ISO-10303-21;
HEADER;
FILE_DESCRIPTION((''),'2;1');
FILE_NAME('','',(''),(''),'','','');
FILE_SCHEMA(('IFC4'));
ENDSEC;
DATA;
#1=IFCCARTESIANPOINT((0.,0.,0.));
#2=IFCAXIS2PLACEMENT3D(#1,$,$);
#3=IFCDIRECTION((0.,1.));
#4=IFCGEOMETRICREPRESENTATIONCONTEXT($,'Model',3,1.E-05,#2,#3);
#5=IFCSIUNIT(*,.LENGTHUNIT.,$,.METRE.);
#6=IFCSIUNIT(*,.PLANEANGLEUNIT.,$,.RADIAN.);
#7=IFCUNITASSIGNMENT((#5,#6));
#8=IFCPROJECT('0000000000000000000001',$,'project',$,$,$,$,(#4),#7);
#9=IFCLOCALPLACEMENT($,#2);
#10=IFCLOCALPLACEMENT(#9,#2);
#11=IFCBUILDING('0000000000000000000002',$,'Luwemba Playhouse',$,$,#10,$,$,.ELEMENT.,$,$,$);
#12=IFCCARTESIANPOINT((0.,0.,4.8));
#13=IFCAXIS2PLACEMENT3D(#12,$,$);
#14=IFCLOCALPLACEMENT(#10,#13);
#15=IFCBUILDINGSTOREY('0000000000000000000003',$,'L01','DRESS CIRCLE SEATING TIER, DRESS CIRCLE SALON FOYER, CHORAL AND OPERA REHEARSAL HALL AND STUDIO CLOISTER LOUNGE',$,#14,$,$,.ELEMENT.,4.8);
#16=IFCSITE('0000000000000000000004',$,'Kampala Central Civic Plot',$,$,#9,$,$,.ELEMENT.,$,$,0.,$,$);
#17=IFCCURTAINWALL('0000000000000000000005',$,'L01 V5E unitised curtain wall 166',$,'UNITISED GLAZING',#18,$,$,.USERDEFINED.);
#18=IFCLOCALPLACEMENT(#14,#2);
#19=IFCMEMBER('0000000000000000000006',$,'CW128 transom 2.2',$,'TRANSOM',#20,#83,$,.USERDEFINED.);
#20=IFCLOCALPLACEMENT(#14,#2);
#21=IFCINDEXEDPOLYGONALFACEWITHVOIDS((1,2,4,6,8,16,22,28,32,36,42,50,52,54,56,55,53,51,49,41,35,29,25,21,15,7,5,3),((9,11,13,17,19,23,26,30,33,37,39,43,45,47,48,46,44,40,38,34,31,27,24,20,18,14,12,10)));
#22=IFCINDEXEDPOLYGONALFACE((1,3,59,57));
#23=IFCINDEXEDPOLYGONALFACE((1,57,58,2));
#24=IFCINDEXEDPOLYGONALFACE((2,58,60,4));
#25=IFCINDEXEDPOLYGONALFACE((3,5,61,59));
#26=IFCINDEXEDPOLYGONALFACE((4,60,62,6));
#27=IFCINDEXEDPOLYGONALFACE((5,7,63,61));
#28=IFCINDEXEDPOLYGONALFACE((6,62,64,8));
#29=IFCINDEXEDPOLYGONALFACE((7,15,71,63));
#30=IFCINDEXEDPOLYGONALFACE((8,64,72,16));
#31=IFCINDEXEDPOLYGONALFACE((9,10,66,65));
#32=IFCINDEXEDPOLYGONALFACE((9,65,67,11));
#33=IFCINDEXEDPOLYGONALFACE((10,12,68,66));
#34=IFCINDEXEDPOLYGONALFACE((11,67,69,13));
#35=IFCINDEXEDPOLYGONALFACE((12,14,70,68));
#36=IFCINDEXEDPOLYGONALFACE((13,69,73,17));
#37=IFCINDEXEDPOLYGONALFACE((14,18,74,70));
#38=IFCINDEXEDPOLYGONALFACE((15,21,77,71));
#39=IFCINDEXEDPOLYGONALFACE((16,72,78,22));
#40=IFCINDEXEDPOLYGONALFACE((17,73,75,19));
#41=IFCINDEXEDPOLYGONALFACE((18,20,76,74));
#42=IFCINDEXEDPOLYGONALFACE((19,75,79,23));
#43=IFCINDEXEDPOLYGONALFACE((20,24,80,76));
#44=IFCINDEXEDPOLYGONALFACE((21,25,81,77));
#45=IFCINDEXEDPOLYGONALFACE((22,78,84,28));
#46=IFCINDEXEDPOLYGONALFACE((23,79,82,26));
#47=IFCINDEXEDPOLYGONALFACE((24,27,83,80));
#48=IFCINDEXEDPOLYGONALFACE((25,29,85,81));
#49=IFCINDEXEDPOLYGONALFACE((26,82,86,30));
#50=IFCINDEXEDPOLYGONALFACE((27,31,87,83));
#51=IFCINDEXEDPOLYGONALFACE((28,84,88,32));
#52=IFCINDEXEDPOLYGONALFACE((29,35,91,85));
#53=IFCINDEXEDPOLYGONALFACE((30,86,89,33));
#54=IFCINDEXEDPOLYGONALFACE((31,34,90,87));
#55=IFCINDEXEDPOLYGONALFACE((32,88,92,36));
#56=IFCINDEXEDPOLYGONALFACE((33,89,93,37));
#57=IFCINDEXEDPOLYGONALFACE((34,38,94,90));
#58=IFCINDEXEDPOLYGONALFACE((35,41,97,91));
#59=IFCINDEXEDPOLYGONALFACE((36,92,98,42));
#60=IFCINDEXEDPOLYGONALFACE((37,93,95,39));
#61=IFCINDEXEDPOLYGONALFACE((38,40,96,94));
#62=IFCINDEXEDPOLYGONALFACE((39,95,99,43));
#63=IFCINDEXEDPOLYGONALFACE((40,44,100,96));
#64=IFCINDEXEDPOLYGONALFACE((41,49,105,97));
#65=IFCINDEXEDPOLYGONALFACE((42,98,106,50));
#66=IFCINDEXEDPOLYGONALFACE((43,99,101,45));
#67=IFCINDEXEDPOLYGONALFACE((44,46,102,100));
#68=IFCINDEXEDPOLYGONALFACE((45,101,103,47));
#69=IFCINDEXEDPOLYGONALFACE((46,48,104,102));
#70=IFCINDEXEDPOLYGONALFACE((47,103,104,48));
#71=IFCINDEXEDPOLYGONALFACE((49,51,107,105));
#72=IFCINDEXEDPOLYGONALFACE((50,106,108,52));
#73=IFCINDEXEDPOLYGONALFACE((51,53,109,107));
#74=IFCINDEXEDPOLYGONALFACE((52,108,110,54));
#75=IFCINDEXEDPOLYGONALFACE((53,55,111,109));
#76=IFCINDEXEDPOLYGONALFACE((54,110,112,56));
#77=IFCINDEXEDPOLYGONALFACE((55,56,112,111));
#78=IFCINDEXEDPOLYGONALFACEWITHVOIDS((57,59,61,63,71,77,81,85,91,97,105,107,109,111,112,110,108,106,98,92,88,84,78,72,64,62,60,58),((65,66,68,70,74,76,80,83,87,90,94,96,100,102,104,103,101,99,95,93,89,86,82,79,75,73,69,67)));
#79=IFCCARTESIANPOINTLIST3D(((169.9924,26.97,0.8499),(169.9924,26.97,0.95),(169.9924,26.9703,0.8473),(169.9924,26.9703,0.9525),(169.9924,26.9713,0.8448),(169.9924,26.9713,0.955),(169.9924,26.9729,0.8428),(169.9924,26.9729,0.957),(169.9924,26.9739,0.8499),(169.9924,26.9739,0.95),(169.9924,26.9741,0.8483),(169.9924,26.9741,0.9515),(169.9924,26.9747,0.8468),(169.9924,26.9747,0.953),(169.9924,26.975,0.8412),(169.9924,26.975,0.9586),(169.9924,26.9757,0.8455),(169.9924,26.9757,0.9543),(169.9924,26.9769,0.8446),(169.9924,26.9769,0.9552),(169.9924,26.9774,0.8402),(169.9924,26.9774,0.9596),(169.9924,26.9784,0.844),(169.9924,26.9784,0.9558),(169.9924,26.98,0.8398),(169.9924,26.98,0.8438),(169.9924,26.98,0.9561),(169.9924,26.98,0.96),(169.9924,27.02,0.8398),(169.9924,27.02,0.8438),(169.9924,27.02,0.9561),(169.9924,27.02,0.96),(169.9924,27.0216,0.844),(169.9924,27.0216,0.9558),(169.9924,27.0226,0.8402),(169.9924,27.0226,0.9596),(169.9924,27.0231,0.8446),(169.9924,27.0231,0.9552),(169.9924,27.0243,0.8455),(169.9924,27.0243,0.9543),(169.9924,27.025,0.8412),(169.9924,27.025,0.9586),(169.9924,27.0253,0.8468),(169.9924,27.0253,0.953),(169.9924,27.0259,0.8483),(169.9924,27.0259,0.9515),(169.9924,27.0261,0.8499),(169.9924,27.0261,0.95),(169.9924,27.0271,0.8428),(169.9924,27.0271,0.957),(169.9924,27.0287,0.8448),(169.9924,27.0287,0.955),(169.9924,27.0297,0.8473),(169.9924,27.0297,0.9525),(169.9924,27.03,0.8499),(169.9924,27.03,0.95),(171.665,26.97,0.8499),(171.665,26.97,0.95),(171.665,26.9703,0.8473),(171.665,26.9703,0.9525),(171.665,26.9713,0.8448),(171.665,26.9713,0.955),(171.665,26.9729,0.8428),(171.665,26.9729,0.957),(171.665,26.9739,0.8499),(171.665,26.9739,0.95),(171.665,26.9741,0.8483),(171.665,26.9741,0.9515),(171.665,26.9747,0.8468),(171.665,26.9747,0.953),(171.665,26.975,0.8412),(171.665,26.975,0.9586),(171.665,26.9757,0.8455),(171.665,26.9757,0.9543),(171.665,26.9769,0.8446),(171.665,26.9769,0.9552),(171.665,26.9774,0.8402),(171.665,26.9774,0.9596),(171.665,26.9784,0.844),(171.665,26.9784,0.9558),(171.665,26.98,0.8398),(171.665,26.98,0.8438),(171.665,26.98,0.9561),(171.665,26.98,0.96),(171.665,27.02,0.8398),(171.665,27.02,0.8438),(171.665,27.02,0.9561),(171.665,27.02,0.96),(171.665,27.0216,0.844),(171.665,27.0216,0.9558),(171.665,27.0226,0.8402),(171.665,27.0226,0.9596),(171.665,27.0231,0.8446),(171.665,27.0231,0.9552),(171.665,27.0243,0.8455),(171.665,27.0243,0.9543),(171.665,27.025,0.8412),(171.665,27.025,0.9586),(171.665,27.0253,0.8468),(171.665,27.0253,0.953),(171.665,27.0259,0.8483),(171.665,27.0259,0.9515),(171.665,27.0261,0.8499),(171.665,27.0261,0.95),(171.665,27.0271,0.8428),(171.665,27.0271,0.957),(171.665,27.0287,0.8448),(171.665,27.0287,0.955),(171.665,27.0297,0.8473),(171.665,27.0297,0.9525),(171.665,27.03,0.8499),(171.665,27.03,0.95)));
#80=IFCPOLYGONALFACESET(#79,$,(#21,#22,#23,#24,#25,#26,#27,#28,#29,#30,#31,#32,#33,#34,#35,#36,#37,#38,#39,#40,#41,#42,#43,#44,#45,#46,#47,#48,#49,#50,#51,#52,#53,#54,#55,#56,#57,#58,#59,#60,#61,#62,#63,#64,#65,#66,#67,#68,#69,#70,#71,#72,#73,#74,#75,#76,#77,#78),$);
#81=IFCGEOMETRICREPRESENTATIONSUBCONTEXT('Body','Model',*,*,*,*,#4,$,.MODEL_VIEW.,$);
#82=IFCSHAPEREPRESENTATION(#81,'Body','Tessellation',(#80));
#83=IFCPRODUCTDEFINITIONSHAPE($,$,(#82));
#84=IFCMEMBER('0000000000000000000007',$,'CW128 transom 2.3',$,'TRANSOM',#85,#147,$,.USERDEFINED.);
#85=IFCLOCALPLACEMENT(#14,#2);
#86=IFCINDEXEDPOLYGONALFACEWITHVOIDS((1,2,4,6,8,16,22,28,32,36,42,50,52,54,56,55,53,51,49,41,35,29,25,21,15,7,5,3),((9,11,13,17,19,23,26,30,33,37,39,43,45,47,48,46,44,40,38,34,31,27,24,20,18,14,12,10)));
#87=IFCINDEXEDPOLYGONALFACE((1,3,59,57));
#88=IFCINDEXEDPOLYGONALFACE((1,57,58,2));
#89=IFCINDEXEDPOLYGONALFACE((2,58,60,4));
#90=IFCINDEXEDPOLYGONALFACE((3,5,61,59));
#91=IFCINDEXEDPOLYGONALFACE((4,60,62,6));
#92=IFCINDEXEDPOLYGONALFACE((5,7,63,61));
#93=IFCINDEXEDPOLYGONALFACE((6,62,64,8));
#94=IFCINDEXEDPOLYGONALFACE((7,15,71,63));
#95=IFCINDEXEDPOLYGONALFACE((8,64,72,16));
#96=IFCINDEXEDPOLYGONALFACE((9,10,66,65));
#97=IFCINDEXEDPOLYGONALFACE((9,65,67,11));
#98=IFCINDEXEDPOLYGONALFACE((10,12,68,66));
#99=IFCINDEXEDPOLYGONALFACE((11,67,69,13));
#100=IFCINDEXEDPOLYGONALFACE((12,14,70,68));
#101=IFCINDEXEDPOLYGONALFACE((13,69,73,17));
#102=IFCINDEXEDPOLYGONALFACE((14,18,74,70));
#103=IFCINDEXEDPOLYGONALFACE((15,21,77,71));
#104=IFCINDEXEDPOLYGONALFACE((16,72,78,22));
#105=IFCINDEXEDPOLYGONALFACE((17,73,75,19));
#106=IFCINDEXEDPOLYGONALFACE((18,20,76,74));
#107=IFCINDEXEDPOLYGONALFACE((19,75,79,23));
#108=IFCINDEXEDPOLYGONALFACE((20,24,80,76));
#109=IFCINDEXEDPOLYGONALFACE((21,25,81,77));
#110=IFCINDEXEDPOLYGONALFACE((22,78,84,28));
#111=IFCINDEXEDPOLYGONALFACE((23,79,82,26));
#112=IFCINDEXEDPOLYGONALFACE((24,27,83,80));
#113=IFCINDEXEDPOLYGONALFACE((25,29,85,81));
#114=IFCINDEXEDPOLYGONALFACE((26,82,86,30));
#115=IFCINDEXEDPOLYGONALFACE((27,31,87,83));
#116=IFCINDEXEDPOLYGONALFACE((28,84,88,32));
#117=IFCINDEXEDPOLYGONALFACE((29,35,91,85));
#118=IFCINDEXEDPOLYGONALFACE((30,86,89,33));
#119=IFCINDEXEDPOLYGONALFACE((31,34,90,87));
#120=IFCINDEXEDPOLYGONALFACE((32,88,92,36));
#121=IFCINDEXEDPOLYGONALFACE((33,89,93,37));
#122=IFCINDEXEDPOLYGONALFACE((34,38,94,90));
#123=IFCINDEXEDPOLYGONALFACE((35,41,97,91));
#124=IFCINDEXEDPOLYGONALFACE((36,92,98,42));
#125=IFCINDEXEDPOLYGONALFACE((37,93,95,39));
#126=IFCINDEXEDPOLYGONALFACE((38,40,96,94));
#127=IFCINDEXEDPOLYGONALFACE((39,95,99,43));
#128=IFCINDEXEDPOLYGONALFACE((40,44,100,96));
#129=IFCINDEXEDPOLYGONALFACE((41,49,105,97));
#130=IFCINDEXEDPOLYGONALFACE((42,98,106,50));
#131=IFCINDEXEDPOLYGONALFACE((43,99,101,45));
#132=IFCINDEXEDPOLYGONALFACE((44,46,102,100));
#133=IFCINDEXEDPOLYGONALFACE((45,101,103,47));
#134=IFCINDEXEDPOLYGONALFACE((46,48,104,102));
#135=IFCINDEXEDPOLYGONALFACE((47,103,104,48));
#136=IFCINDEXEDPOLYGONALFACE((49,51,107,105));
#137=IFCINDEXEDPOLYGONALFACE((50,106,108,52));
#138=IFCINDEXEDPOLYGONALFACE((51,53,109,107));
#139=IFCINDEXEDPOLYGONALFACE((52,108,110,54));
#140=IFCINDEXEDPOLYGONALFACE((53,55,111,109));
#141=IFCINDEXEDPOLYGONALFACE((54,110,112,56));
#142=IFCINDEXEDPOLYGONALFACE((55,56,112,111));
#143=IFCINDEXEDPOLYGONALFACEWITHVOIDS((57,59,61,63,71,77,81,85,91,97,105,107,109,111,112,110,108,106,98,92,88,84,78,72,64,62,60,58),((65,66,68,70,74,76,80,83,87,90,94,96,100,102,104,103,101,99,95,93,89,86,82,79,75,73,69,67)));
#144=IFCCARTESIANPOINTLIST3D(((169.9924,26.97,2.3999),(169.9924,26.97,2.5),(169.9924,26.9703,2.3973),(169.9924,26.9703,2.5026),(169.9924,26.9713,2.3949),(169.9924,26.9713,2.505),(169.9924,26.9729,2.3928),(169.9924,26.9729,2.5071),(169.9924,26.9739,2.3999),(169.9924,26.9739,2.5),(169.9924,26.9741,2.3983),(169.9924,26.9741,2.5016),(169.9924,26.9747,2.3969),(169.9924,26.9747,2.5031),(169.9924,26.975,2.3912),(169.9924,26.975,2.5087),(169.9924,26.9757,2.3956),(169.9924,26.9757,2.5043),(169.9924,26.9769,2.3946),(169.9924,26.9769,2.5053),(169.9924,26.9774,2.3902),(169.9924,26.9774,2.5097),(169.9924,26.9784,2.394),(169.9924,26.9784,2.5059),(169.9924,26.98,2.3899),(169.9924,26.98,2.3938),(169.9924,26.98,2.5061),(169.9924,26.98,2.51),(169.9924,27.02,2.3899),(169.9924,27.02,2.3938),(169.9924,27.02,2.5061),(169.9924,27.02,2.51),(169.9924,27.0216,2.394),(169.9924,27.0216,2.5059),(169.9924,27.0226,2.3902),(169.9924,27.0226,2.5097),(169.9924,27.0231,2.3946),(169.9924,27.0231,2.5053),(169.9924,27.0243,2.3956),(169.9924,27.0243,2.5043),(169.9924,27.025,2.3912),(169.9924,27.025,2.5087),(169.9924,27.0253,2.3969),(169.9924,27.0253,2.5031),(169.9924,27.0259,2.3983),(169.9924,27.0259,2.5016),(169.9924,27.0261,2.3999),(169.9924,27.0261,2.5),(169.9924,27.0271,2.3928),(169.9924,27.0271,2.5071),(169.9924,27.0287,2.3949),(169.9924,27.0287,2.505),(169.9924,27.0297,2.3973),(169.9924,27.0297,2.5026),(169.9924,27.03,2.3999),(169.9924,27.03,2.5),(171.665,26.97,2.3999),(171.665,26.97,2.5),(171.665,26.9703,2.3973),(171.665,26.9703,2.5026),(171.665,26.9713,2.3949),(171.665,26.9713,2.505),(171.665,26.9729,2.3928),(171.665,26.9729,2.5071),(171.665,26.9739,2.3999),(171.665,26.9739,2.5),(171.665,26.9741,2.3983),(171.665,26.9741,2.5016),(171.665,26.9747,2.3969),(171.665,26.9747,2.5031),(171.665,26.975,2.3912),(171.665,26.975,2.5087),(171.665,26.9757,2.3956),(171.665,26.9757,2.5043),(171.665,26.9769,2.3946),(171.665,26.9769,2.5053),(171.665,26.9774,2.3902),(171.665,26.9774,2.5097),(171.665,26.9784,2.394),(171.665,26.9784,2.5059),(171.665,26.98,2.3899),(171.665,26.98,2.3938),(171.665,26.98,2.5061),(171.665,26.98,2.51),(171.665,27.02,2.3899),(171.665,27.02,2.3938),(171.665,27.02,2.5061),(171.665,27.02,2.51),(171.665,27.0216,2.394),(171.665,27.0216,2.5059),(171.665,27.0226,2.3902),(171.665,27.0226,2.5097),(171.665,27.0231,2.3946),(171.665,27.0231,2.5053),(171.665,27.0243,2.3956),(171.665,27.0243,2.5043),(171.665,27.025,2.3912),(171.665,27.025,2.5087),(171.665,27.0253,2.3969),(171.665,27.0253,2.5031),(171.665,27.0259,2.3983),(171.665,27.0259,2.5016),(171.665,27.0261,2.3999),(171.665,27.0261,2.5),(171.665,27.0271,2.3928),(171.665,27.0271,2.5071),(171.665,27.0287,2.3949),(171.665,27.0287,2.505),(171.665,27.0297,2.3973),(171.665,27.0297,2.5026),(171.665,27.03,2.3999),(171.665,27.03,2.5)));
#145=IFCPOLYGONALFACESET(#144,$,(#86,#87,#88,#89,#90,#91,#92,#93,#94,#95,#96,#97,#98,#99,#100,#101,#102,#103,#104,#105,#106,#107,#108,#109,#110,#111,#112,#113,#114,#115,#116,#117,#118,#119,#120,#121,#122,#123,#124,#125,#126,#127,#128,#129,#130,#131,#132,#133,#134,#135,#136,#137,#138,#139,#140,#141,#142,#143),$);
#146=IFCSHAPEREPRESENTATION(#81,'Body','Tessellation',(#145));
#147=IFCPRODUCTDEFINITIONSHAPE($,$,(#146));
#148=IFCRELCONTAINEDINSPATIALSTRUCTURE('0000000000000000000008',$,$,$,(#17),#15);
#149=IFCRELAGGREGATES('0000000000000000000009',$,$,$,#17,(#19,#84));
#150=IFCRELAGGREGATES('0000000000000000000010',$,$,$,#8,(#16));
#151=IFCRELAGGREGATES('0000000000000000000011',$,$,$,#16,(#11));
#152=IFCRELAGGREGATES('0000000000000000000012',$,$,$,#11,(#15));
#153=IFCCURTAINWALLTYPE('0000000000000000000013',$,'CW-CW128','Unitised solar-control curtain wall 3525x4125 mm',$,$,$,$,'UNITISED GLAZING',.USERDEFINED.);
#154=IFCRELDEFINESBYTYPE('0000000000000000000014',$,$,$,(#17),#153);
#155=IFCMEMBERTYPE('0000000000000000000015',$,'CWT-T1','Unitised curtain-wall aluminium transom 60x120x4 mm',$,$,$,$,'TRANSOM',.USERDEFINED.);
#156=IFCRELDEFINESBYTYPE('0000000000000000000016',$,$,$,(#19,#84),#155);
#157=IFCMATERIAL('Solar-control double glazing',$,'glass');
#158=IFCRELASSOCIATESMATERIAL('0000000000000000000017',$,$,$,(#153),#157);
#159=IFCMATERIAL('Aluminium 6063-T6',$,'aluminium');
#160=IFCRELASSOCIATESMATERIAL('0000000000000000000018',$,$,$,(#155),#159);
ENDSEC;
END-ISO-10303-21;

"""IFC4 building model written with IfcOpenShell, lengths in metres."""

from ifc_helpers import new_model, si_unit, direction, frame, origin, origin_2d, place, context, subcontext, project, spatial, hollow_rectangle, extrude, material, material_profile, profile_set, type_object, element, aggregate, save


model = new_model("IFC4")

# Units and contexts
model_context = context("Model", 3, precision=1e-05, world=origin(), true_north=direction((0.0, 1.0)))
body_context = subcontext(model_context, "Body", "Model", "MODEL_VIEW")
ifc_project = project(units=[si_unit("LENGTHUNIT", "METRE"), si_unit("PLANEANGLEUNIT", "RADIAN")], contexts=[model_context])

# Site, building, storey
site_placement = place(None, origin())
site = spatial("IfcSite", under=ifc_project, at=site_placement, Name="Kampala Central Civic Plot", CompositionType="ELEMENT", RefElevation=0.0)
building_placement = place(site_placement, origin())
building = spatial("IfcBuilding", under=site, at=building_placement, Name="Luwemba Playhouse", CompositionType="ELEMENT")
storey_placement = place(building_placement, frame((0.0, 0.0, 4.8)))
storey = spatial("IfcBuildingStorey", under=building, at=storey_placement, Name="L01", Description="DRESS CIRCLE SEATING TIER, DRESS CIRCLE SALON FOYER, CHORAL AND OPERA REHEARSAL HALL AND STUDIO CLOISTER LOUNGE", CompositionType="ELEMENT", Elevation=4.8)

# Curtain wall
ifc_material_1 = material(Name="Solar-control double glazing", Category="glass")
curtain_wall_type_1 = type_object("IfcCurtainWallType", Name="CW-CW128", Description="Unitised solar-control curtain wall 3525x4125 mm", ElementType="UNITISED GLAZING", PredefinedType="USERDEFINED", material=ifc_material_1)
curtain_wall_1_placement = place(storey_placement, origin())
curtain_wall_1 = element("IfcCurtainWall", 1, at=curtain_wall_1_placement, inside=storey, type_object=curtain_wall_type_1, Name="L01 V5E unitised curtain wall 166", ObjectType="UNITISED GLAZING", PredefinedType="USERDEFINED")
ifc_material_2 = material(Name="Aluminium 6063-T6", Category="aluminium")

# Members
ifc_material_profile_1 = material_profile(ifc_material_2, hollow_rectangle(XDim=0.0601, YDim=0.1201, WallThickness=0.0039, InnerFilletRadius=0.0061, OuterFilletRadius=0.01, at=origin_2d()))
ifc_profile_set_1 = profile_set([ifc_material_profile_1], Name="Aluminium 6063-T6")
member_type_1 = type_object("IfcMemberType", Name="CWT-T1", Description="Unitised curtain-wall aluminium transom 60x120x4 mm", ElementType="TRANSOM", PredefinedType="USERDEFINED", material=ifc_profile_set_1)
member_1_placement = place(storey_placement, frame((169.9924, 27.0, 0.8999), z_axis=(1.0, 0.0, 0.0), x_axis=(0.0, 1.0, 0.0)))
member_1 = element("IfcMember", 2, at=member_1_placement, type_object=member_type_1, Name="CW128 transom 2.2", ObjectType="TRANSOM", PredefinedType="USERDEFINED", context=body_context, shape_type="SweptSolid", body=[
    extrude(hollow_rectangle(XDim=0.0601, YDim=0.1201, WallThickness=0.0039, InnerFilletRadius=0.0061, OuterFilletRadius=0.01, at=origin_2d()), origin(), (0.0, 0.0, 1.0), 1.6726),
])
member_2_placement = place(storey_placement, frame((169.9924, 27.0, 2.45), z_axis=(1.0, 0.0, 0.0), x_axis=(0.0, 1.0, 0.0)))
member_2 = element("IfcMember", 3, at=member_2_placement, type_object=member_type_1, Name="CW128 transom 2.3", ObjectType="TRANSOM", PredefinedType="USERDEFINED", context=body_context, shape_type="SweptSolid", body=[
    extrude(hollow_rectangle(XDim=0.0601, YDim=0.1201, WallThickness=0.0039, InnerFilletRadius=0.0061, OuterFilletRadius=0.01, at=origin_2d()), origin(), (0.0, 0.0, 1.0), 1.6726),
])

aggregate(curtain_wall_1, [member_1, member_2])

save(model, "model.ifc")
